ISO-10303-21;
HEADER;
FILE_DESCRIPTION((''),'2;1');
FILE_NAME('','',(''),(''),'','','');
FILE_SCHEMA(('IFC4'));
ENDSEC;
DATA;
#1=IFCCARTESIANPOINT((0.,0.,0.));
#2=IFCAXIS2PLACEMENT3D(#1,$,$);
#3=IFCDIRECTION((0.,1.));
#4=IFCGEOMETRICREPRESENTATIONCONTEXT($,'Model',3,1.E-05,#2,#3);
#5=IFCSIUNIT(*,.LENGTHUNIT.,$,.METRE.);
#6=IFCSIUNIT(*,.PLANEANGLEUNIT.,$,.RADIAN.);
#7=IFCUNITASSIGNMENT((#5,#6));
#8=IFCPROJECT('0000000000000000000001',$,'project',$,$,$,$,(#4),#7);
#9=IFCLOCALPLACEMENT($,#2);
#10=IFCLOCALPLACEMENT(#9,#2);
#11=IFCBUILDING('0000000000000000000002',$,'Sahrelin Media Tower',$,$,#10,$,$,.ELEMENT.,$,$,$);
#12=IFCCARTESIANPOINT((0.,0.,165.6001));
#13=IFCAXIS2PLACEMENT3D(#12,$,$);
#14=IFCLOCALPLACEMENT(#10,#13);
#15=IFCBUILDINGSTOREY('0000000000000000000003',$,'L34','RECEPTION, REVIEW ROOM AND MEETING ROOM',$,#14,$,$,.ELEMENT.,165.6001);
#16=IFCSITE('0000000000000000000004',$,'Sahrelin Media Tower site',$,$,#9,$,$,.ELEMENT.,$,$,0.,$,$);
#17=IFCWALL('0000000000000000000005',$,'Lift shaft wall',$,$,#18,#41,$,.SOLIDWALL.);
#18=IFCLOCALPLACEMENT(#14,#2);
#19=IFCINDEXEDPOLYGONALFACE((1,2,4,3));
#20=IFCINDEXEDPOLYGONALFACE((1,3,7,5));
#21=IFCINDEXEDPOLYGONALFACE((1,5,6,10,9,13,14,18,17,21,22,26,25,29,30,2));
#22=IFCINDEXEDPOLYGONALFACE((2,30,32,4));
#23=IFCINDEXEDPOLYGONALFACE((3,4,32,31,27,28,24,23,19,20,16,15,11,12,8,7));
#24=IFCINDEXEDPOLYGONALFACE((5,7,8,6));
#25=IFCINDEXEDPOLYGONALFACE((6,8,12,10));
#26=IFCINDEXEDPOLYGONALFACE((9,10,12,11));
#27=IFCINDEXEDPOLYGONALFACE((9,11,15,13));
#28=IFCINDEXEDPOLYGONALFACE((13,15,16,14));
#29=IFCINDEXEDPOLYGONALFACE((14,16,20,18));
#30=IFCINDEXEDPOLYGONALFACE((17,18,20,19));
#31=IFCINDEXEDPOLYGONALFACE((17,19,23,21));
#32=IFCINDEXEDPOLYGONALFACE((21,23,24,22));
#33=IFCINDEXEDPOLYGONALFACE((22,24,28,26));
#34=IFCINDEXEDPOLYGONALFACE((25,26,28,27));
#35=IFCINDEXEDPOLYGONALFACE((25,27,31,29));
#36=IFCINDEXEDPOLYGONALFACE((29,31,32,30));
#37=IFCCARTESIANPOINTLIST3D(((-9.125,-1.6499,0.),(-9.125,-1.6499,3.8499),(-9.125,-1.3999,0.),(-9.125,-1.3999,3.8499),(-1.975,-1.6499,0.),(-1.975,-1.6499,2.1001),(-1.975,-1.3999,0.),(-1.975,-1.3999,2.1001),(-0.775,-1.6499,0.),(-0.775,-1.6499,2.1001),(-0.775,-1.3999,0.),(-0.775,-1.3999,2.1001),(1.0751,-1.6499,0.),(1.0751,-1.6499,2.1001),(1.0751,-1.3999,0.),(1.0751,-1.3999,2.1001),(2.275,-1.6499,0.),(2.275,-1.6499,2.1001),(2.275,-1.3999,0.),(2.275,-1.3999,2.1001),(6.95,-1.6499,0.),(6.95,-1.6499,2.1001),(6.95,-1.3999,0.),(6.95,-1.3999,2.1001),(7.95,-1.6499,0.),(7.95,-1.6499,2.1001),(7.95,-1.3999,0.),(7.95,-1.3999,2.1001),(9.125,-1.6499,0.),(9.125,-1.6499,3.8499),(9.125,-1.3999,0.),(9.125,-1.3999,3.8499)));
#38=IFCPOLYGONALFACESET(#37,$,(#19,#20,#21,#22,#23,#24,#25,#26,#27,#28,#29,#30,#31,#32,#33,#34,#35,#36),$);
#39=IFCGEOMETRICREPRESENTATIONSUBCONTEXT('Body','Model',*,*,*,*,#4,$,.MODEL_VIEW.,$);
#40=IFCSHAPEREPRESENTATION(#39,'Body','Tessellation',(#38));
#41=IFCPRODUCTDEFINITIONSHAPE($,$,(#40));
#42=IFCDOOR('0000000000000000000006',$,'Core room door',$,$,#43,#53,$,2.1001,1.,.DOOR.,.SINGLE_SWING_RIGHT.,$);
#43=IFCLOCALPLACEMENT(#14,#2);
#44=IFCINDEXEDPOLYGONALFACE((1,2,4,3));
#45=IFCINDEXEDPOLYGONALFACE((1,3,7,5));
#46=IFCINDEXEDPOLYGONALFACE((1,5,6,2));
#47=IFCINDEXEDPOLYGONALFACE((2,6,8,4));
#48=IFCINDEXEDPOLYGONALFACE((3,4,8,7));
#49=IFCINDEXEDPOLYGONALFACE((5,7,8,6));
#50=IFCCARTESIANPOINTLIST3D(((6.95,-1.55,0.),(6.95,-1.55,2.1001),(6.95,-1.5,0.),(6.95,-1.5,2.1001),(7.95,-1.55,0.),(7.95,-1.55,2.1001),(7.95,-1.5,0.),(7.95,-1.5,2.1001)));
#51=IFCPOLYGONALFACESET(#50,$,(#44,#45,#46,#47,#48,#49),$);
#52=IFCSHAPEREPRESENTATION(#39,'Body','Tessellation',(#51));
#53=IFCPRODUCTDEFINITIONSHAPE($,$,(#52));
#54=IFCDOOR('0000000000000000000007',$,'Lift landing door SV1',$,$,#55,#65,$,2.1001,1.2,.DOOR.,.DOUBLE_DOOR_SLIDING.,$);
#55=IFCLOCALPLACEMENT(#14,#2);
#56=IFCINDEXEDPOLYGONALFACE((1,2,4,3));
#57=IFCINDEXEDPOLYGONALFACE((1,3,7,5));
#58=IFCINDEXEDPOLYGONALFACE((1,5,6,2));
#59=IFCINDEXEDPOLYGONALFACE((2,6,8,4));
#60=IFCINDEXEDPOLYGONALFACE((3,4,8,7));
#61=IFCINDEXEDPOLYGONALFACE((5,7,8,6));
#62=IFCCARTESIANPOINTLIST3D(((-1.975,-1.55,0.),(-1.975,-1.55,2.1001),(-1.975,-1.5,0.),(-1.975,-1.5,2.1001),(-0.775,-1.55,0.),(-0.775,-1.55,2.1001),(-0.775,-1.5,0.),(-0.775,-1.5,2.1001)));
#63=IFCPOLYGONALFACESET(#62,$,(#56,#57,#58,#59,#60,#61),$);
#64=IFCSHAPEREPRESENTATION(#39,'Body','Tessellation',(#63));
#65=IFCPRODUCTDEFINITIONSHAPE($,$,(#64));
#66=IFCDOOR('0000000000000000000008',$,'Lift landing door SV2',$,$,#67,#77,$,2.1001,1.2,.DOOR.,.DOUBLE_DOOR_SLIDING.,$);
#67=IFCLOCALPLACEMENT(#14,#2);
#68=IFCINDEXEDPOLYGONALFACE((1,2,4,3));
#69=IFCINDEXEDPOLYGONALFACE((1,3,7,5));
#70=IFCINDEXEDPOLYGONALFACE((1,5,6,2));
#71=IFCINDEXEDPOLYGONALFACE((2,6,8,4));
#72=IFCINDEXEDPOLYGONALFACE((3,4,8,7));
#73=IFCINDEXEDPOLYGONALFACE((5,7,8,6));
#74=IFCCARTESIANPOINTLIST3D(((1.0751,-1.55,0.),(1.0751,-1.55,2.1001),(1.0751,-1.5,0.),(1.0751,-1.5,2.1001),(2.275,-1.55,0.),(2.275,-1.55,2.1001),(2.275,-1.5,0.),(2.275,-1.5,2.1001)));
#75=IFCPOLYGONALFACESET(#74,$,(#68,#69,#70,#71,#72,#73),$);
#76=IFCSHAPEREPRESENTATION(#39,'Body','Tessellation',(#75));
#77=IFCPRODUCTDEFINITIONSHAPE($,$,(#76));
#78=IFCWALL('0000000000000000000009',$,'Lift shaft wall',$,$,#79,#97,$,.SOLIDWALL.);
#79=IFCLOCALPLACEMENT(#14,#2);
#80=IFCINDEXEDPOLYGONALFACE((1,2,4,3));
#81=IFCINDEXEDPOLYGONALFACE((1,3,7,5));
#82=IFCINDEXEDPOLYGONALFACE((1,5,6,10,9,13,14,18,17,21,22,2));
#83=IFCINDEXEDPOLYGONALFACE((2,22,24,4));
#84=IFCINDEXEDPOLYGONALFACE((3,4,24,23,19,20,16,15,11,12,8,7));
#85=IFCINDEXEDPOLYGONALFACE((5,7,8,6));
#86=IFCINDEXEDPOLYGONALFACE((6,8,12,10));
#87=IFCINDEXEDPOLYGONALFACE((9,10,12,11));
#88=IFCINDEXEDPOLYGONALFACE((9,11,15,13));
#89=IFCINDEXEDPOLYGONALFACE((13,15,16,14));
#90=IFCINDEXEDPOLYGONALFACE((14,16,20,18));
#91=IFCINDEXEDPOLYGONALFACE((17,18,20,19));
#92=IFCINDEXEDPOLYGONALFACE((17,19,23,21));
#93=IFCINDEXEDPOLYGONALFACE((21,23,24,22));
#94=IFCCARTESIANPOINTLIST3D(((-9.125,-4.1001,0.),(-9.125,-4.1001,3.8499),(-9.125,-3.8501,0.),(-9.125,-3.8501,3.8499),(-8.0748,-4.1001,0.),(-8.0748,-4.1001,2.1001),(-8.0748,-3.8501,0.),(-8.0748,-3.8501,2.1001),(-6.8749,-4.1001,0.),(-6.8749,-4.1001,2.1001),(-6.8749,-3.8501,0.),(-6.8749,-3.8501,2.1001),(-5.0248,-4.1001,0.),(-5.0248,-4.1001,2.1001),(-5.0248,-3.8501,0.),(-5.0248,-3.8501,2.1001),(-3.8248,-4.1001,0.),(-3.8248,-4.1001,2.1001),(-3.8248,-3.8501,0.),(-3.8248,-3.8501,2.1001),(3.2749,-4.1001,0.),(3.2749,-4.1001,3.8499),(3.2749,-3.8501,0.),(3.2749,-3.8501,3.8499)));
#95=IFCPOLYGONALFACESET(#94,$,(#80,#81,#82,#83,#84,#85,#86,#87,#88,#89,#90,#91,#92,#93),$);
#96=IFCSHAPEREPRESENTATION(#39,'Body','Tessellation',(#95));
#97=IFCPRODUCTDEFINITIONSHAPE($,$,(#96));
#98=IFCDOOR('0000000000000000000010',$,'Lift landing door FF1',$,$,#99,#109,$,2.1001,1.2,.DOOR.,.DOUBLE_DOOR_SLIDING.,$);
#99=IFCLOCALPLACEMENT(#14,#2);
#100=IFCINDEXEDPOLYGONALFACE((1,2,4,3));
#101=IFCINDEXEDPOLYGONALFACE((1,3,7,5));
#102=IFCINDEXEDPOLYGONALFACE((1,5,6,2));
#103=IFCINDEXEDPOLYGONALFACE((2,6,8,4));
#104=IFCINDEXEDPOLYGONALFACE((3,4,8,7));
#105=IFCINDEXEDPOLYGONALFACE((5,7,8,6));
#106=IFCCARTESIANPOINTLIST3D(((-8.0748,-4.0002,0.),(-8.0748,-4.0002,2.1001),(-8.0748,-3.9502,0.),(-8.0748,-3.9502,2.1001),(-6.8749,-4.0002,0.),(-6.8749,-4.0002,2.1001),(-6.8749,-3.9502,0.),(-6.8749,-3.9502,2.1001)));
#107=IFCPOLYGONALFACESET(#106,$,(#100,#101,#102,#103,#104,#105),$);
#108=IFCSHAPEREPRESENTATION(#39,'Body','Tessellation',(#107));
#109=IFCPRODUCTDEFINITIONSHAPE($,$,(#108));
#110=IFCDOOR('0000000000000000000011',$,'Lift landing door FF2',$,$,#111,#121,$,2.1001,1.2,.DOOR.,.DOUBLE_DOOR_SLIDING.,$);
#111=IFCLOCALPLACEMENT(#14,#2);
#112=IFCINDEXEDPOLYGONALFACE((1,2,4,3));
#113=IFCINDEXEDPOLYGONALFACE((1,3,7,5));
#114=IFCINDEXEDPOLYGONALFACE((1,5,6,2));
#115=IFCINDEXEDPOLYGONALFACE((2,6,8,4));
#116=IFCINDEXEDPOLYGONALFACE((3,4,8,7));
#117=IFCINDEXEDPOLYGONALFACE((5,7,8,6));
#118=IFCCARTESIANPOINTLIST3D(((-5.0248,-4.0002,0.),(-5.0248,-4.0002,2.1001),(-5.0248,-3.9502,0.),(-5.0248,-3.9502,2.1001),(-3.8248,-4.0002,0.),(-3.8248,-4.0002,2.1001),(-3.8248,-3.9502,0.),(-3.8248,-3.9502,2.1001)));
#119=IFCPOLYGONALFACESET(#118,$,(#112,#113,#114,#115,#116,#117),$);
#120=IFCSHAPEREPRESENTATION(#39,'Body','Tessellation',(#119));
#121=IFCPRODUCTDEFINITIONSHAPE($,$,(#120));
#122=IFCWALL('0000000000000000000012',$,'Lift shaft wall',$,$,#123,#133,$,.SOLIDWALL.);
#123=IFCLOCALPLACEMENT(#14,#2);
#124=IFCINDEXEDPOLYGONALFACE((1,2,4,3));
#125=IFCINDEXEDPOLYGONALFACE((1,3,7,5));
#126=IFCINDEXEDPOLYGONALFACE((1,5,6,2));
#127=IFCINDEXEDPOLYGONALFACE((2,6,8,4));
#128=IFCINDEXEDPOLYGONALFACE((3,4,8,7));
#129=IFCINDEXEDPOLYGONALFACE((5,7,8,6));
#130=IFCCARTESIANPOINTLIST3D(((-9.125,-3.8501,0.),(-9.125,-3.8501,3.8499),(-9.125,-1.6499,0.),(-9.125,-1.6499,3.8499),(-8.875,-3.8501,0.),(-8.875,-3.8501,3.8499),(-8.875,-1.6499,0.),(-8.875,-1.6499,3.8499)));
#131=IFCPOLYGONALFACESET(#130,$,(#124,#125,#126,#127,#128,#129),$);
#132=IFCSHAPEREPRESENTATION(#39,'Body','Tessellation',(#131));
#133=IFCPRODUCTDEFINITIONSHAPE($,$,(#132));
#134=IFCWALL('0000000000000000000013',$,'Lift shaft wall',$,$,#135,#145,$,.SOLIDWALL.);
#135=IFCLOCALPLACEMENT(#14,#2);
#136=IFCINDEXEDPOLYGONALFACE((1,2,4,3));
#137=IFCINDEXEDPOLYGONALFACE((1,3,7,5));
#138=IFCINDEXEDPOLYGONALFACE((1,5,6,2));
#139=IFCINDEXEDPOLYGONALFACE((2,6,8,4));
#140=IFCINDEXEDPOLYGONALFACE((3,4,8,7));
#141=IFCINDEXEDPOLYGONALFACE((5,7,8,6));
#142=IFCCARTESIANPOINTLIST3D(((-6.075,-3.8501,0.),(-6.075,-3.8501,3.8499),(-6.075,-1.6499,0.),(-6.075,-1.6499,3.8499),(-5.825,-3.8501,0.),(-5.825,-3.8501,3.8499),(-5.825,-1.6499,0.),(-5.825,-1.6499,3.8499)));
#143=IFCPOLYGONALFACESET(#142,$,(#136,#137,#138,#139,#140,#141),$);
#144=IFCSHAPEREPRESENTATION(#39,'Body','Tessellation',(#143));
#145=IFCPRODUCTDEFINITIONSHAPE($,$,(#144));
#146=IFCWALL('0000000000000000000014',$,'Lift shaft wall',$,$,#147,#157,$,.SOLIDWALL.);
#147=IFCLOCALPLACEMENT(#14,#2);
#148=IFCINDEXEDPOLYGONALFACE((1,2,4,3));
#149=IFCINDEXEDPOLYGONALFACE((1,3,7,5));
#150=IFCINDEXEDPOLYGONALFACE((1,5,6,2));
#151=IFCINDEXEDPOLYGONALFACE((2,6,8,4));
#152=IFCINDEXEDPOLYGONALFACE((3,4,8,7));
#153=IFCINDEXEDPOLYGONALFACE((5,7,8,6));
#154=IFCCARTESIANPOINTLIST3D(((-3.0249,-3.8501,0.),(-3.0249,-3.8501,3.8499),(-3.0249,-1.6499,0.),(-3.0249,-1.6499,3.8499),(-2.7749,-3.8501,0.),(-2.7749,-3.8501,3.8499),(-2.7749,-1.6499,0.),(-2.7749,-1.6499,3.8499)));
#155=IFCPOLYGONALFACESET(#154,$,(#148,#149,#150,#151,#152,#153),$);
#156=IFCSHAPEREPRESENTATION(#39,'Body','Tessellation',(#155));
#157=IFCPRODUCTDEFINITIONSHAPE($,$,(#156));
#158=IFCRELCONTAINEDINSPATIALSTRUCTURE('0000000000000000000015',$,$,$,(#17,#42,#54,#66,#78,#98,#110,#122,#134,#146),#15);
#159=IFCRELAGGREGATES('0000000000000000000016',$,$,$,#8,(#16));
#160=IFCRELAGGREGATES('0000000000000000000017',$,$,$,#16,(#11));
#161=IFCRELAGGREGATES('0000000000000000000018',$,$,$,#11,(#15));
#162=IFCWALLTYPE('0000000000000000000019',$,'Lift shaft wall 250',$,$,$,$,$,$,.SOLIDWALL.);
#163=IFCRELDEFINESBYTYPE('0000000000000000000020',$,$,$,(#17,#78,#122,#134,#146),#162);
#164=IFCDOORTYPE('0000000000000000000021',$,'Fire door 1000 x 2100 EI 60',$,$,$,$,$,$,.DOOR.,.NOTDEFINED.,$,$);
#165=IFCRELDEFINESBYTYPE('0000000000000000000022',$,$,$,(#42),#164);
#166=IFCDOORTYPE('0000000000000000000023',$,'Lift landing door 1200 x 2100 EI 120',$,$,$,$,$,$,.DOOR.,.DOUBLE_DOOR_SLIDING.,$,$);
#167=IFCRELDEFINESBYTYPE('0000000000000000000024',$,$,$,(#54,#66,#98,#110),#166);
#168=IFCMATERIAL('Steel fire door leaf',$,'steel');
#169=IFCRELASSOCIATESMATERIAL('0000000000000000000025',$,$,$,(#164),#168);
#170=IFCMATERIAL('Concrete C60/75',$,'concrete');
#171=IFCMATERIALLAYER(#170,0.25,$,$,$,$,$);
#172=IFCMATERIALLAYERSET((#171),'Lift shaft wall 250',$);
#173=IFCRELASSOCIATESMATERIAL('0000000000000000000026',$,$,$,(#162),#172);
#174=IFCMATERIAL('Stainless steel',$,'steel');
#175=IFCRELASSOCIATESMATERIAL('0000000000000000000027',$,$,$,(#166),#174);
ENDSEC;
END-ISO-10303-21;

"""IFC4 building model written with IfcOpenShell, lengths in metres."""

from ifc_helpers import new_model, si_unit, direction, frame, frame_2d, origin, place, context, subcontext, project, spatial, rectangle, extrude, material, layer, layer_set, type_object, element, fill, save


model = new_model("IFC4")

# Units and contexts
model_context = context("Model", 3, precision=1e-05, world=origin(), true_north=direction((0.0, 1.0)))
body_context = subcontext(model_context, "Body", "Model", "MODEL_VIEW")
ifc_project = project(units=[si_unit("LENGTHUNIT", "METRE"), si_unit("PLANEANGLEUNIT", "RADIAN")], contexts=[model_context])

# Site, building, storey
site_placement = place(None, origin())
site = spatial("IfcSite", under=ifc_project, at=site_placement, Name="Sahrelin Media Tower site", CompositionType="ELEMENT", RefElevation=0.0)
building_placement = place(site_placement, origin())
building = spatial("IfcBuilding", under=site, at=building_placement, Name="Sahrelin Media Tower", CompositionType="ELEMENT")
storey_placement = place(building_placement, frame((0.0, 0.0, 165.6001)))
storey = spatial("IfcBuildingStorey", under=building, at=storey_placement, Name="L34", Description="RECEPTION, REVIEW ROOM AND MEETING ROOM", CompositionType="ELEMENT", Elevation=165.6001)

# Shared definitions
ifc_material_1 = material(Name="Steel fire door leaf", Category="steel")
door_type_1 = type_object("IfcDoorType", Name="Fire door 1000 x 2100 EI 60", OperationType="NOTDEFINED", PredefinedType="DOOR", material=ifc_material_1)

# Walls, openings, doors
ifc_material_2 = material(Name="Concrete C60/75", Category="concrete")
ifc_layer_1 = layer(ifc_material_2, 0.25)
ifc_layer_set_1 = layer_set([ifc_layer_1], Name="Lift shaft wall 250")
wall_type_1 = type_object("IfcWallType", Name="Lift shaft wall 250", PredefinedType="SOLIDWALL", material=ifc_layer_set_1)
wall_1_placement = place(storey_placement, frame((-9.125, -1.5249, 0.0), z_axis=(0.0, 0.0, 1.0), x_axis=(1.0, 0.0, 0.0)))
wall_1 = element("IfcWall", 1, at=wall_1_placement, inside=storey, type_object=wall_type_1, Name="Lift shaft wall", PredefinedType="SOLIDWALL", context=body_context, shape_type="SweptSolid", body=[
    extrude(rectangle(XDim=18.25, YDim=0.25, at=frame_2d((9.125, 0.0))), origin(), (0.0, 0.0, 1.0), 3.8499),
])
opening_1_placement = place(wall_1_placement, frame((7.1499, 0.0, 0.0)))
opening_1 = element("IfcOpeningElement", 2, at=opening_1_placement, cuts=wall_1, PredefinedType="OPENING", context=body_context, shape_type="SweptSolid", body=[
    extrude(rectangle(XDim=1.2, YDim=2.1001, at=frame_2d((0.6001, 1.05))), frame((0.0, 0.125, 0.0), z_axis=(0.0, -1.0, 0.0), x_axis=(1.0, 0.0, 0.0)), (0.0, 0.0, 1.0), 0.25),
])
opening_2_placement = place(wall_1_placement, frame((10.2, 0.0, 0.0)))
opening_2 = element("IfcOpeningElement", 3, at=opening_2_placement, cuts=wall_1, PredefinedType="OPENING", context=body_context, shape_type="SweptSolid", body=[
    extrude(rectangle(XDim=1.2, YDim=2.1001, at=frame_2d((0.6001, 1.05))), frame((0.0, 0.125, 0.0), z_axis=(0.0, -1.0, 0.0), x_axis=(1.0, 0.0, 0.0)), (0.0, 0.0, 1.0), 0.25),
])
opening_3_placement = place(wall_1_placement, frame((16.075, 0.0, 0.0)))
opening_3 = element("IfcOpeningElement", 4, at=opening_3_placement, cuts=wall_1, PredefinedType="OPENING", context=body_context, shape_type="SweptSolid", body=[
    extrude(rectangle(XDim=1.0, YDim=2.1001, at=frame_2d((0.5, 1.05))), frame((0.0, 0.125, 0.0), z_axis=(0.0, -1.0, 0.0), x_axis=(1.0, 0.0, 0.0)), (0.0, 0.0, 1.0), 0.25),
])
door_1_placement = place(opening_3_placement, origin())
door_1 = element("IfcDoor", 5, at=door_1_placement, inside=storey, type_object=door_type_1, Name="Core room door", OperationType="SINGLE_SWING_RIGHT", OverallHeight=2.1001, OverallWidth=1.0, PredefinedType="DOOR", context=body_context, shape_type="SweptSolid", body=[
    extrude(rectangle(XDim=1.0, YDim=2.1001, at=frame_2d((0.5, 1.05))), frame((0.0, 0.0249, 0.0), z_axis=(0.0, -1.0, 0.0), x_axis=(1.0, 0.0, 0.0)), (0.0, 0.0, 1.0), 0.05),
])
fill(opening_3, door_1)
ifc_material_3 = material(Name="Stainless steel", Category="steel")
door_type_2 = type_object("IfcDoorType", Name="Lift landing door 1200 x 2100 EI 120", OperationType="DOUBLE_DOOR_SLIDING", PredefinedType="DOOR", material=ifc_material_3)
door_2_placement = place(opening_1_placement, origin())
door_2 = element("IfcDoor", 6, at=door_2_placement, inside=storey, type_object=door_type_2, Name="Lift landing door SV1", OperationType="DOUBLE_DOOR_SLIDING", OverallHeight=2.1001, OverallWidth=1.2, PredefinedType="DOOR", context=body_context, shape_type="SweptSolid", body=[
    extrude(rectangle(XDim=1.2, YDim=2.1001, at=frame_2d((0.6001, 1.05))), frame((0.0, 0.0249, 0.0), z_axis=(0.0, -1.0, 0.0), x_axis=(1.0, 0.0, 0.0)), (0.0, 0.0, 1.0), 0.05),
])
fill(opening_1, door_2)
door_3_placement = place(opening_2_placement, origin())
door_3 = element("IfcDoor", 7, at=door_3_placement, inside=storey, type_object=door_type_2, Name="Lift landing door SV2", OperationType="DOUBLE_DOOR_SLIDING", OverallHeight=2.1001, OverallWidth=1.2, PredefinedType="DOOR", context=body_context, shape_type="SweptSolid", body=[
    extrude(rectangle(XDim=1.2, YDim=2.1001, at=frame_2d((0.6001, 1.05))), frame((0.0, 0.0249, 0.0), z_axis=(0.0, -1.0, 0.0), x_axis=(1.0, 0.0, 0.0)), (0.0, 0.0, 1.0), 0.05),
])
fill(opening_2, door_3)
wall_2_placement = place(storey_placement, frame((-9.125, -3.9751, 0.0), z_axis=(0.0, 0.0, 1.0), x_axis=(1.0, 0.0, 0.0)))
wall_2 = element("IfcWall", 8, at=wall_2_placement, inside=storey, type_object=wall_type_1, Name="Lift shaft wall", PredefinedType="SOLIDWALL", context=body_context, shape_type="SweptSolid", body=[
    extrude(rectangle(XDim=12.3999, YDim=0.25, at=frame_2d((6.2, 0.0))), origin(), (0.0, 0.0, 1.0), 3.8499),
])
opening_4_placement = place(wall_2_placement, frame((1.05, 0.0, 0.0)))
opening_4 = element("IfcOpeningElement", 9, at=opening_4_placement, cuts=wall_2, PredefinedType="OPENING", context=body_context, shape_type="SweptSolid", body=[
    extrude(rectangle(XDim=1.2, YDim=2.1001, at=frame_2d((0.6001, 1.05))), frame((0.0, 0.125, 0.0), z_axis=(0.0, -1.0, 0.0), x_axis=(1.0, 0.0, 0.0)), (0.0, 0.0, 1.0), 0.25),
])
opening_5_placement = place(wall_2_placement, frame((4.1001, 0.0, 0.0)))
opening_5 = element("IfcOpeningElement", 10, at=opening_5_placement, cuts=wall_2, PredefinedType="OPENING", context=body_context, shape_type="SweptSolid", body=[
    extrude(rectangle(XDim=1.2, YDim=2.1001, at=frame_2d((0.6001, 1.05))), frame((0.0, 0.125, 0.0), z_axis=(0.0, -1.0, 0.0), x_axis=(1.0, 0.0, 0.0)), (0.0, 0.0, 1.0), 0.25),
])
door_4_placement = place(opening_4_placement, origin())
door_4 = element("IfcDoor", 11, at=door_4_placement, inside=storey, type_object=door_type_2, Name="Lift landing door FF1", OperationType="DOUBLE_DOOR_SLIDING", OverallHeight=2.1001, OverallWidth=1.2, PredefinedType="DOOR", context=body_context, shape_type="SweptSolid", body=[
    extrude(rectangle(XDim=1.2, YDim=2.1001, at=frame_2d((0.6001, 1.05))), frame((0.0, 0.0249, 0.0), z_axis=(0.0, -1.0, 0.0), x_axis=(1.0, 0.0, 0.0)), (0.0, 0.0, 1.0), 0.05),
])
fill(opening_4, door_4)
door_5_placement = place(opening_5_placement, origin())
door_5 = element("IfcDoor", 12, at=door_5_placement, inside=storey, type_object=door_type_2, Name="Lift landing door FF2", OperationType="DOUBLE_DOOR_SLIDING", OverallHeight=2.1001, OverallWidth=1.2, PredefinedType="DOOR", context=body_context, shape_type="SweptSolid", body=[
    extrude(rectangle(XDim=1.2, YDim=2.1001, at=frame_2d((0.6001, 1.05))), frame((0.0, 0.0249, 0.0), z_axis=(0.0, -1.0, 0.0), x_axis=(1.0, 0.0, 0.0)), (0.0, 0.0, 1.0), 0.05),
])
fill(opening_5, door_5)

# Walls
for number, where, z_axis, x_axis, name in (
    (13, (-9.0, -3.8501, 0.0), (0.0, 0.0, 1.0), (0.0, 1.0, 0.0), "Lift shaft wall"),
    (14, (-5.95, -3.8501, 0.0), (0.0, 0.0, 1.0), (0.0, 1.0, 0.0), "Lift shaft wall"),
    (15, (-2.8999, -3.8501, 0.0), (0.0, 0.0, 1.0), (0.0, 1.0, 0.0), "Lift shaft wall"),
):
    element("IfcWall", number, at=place(storey_placement, frame(where, z_axis=z_axis, x_axis=x_axis)), inside=storey, type_object=wall_type_1, Name=name, PredefinedType="SOLIDWALL", context=body_context, shape_type="SweptSolid", body=[
        extrude(rectangle(XDim=2.2002, YDim=0.25, at=frame_2d((1.1001, 0.0))), origin(), (0.0, 0.0, 1.0), 3.8499),
    ])

save(model, "model.ifc")
